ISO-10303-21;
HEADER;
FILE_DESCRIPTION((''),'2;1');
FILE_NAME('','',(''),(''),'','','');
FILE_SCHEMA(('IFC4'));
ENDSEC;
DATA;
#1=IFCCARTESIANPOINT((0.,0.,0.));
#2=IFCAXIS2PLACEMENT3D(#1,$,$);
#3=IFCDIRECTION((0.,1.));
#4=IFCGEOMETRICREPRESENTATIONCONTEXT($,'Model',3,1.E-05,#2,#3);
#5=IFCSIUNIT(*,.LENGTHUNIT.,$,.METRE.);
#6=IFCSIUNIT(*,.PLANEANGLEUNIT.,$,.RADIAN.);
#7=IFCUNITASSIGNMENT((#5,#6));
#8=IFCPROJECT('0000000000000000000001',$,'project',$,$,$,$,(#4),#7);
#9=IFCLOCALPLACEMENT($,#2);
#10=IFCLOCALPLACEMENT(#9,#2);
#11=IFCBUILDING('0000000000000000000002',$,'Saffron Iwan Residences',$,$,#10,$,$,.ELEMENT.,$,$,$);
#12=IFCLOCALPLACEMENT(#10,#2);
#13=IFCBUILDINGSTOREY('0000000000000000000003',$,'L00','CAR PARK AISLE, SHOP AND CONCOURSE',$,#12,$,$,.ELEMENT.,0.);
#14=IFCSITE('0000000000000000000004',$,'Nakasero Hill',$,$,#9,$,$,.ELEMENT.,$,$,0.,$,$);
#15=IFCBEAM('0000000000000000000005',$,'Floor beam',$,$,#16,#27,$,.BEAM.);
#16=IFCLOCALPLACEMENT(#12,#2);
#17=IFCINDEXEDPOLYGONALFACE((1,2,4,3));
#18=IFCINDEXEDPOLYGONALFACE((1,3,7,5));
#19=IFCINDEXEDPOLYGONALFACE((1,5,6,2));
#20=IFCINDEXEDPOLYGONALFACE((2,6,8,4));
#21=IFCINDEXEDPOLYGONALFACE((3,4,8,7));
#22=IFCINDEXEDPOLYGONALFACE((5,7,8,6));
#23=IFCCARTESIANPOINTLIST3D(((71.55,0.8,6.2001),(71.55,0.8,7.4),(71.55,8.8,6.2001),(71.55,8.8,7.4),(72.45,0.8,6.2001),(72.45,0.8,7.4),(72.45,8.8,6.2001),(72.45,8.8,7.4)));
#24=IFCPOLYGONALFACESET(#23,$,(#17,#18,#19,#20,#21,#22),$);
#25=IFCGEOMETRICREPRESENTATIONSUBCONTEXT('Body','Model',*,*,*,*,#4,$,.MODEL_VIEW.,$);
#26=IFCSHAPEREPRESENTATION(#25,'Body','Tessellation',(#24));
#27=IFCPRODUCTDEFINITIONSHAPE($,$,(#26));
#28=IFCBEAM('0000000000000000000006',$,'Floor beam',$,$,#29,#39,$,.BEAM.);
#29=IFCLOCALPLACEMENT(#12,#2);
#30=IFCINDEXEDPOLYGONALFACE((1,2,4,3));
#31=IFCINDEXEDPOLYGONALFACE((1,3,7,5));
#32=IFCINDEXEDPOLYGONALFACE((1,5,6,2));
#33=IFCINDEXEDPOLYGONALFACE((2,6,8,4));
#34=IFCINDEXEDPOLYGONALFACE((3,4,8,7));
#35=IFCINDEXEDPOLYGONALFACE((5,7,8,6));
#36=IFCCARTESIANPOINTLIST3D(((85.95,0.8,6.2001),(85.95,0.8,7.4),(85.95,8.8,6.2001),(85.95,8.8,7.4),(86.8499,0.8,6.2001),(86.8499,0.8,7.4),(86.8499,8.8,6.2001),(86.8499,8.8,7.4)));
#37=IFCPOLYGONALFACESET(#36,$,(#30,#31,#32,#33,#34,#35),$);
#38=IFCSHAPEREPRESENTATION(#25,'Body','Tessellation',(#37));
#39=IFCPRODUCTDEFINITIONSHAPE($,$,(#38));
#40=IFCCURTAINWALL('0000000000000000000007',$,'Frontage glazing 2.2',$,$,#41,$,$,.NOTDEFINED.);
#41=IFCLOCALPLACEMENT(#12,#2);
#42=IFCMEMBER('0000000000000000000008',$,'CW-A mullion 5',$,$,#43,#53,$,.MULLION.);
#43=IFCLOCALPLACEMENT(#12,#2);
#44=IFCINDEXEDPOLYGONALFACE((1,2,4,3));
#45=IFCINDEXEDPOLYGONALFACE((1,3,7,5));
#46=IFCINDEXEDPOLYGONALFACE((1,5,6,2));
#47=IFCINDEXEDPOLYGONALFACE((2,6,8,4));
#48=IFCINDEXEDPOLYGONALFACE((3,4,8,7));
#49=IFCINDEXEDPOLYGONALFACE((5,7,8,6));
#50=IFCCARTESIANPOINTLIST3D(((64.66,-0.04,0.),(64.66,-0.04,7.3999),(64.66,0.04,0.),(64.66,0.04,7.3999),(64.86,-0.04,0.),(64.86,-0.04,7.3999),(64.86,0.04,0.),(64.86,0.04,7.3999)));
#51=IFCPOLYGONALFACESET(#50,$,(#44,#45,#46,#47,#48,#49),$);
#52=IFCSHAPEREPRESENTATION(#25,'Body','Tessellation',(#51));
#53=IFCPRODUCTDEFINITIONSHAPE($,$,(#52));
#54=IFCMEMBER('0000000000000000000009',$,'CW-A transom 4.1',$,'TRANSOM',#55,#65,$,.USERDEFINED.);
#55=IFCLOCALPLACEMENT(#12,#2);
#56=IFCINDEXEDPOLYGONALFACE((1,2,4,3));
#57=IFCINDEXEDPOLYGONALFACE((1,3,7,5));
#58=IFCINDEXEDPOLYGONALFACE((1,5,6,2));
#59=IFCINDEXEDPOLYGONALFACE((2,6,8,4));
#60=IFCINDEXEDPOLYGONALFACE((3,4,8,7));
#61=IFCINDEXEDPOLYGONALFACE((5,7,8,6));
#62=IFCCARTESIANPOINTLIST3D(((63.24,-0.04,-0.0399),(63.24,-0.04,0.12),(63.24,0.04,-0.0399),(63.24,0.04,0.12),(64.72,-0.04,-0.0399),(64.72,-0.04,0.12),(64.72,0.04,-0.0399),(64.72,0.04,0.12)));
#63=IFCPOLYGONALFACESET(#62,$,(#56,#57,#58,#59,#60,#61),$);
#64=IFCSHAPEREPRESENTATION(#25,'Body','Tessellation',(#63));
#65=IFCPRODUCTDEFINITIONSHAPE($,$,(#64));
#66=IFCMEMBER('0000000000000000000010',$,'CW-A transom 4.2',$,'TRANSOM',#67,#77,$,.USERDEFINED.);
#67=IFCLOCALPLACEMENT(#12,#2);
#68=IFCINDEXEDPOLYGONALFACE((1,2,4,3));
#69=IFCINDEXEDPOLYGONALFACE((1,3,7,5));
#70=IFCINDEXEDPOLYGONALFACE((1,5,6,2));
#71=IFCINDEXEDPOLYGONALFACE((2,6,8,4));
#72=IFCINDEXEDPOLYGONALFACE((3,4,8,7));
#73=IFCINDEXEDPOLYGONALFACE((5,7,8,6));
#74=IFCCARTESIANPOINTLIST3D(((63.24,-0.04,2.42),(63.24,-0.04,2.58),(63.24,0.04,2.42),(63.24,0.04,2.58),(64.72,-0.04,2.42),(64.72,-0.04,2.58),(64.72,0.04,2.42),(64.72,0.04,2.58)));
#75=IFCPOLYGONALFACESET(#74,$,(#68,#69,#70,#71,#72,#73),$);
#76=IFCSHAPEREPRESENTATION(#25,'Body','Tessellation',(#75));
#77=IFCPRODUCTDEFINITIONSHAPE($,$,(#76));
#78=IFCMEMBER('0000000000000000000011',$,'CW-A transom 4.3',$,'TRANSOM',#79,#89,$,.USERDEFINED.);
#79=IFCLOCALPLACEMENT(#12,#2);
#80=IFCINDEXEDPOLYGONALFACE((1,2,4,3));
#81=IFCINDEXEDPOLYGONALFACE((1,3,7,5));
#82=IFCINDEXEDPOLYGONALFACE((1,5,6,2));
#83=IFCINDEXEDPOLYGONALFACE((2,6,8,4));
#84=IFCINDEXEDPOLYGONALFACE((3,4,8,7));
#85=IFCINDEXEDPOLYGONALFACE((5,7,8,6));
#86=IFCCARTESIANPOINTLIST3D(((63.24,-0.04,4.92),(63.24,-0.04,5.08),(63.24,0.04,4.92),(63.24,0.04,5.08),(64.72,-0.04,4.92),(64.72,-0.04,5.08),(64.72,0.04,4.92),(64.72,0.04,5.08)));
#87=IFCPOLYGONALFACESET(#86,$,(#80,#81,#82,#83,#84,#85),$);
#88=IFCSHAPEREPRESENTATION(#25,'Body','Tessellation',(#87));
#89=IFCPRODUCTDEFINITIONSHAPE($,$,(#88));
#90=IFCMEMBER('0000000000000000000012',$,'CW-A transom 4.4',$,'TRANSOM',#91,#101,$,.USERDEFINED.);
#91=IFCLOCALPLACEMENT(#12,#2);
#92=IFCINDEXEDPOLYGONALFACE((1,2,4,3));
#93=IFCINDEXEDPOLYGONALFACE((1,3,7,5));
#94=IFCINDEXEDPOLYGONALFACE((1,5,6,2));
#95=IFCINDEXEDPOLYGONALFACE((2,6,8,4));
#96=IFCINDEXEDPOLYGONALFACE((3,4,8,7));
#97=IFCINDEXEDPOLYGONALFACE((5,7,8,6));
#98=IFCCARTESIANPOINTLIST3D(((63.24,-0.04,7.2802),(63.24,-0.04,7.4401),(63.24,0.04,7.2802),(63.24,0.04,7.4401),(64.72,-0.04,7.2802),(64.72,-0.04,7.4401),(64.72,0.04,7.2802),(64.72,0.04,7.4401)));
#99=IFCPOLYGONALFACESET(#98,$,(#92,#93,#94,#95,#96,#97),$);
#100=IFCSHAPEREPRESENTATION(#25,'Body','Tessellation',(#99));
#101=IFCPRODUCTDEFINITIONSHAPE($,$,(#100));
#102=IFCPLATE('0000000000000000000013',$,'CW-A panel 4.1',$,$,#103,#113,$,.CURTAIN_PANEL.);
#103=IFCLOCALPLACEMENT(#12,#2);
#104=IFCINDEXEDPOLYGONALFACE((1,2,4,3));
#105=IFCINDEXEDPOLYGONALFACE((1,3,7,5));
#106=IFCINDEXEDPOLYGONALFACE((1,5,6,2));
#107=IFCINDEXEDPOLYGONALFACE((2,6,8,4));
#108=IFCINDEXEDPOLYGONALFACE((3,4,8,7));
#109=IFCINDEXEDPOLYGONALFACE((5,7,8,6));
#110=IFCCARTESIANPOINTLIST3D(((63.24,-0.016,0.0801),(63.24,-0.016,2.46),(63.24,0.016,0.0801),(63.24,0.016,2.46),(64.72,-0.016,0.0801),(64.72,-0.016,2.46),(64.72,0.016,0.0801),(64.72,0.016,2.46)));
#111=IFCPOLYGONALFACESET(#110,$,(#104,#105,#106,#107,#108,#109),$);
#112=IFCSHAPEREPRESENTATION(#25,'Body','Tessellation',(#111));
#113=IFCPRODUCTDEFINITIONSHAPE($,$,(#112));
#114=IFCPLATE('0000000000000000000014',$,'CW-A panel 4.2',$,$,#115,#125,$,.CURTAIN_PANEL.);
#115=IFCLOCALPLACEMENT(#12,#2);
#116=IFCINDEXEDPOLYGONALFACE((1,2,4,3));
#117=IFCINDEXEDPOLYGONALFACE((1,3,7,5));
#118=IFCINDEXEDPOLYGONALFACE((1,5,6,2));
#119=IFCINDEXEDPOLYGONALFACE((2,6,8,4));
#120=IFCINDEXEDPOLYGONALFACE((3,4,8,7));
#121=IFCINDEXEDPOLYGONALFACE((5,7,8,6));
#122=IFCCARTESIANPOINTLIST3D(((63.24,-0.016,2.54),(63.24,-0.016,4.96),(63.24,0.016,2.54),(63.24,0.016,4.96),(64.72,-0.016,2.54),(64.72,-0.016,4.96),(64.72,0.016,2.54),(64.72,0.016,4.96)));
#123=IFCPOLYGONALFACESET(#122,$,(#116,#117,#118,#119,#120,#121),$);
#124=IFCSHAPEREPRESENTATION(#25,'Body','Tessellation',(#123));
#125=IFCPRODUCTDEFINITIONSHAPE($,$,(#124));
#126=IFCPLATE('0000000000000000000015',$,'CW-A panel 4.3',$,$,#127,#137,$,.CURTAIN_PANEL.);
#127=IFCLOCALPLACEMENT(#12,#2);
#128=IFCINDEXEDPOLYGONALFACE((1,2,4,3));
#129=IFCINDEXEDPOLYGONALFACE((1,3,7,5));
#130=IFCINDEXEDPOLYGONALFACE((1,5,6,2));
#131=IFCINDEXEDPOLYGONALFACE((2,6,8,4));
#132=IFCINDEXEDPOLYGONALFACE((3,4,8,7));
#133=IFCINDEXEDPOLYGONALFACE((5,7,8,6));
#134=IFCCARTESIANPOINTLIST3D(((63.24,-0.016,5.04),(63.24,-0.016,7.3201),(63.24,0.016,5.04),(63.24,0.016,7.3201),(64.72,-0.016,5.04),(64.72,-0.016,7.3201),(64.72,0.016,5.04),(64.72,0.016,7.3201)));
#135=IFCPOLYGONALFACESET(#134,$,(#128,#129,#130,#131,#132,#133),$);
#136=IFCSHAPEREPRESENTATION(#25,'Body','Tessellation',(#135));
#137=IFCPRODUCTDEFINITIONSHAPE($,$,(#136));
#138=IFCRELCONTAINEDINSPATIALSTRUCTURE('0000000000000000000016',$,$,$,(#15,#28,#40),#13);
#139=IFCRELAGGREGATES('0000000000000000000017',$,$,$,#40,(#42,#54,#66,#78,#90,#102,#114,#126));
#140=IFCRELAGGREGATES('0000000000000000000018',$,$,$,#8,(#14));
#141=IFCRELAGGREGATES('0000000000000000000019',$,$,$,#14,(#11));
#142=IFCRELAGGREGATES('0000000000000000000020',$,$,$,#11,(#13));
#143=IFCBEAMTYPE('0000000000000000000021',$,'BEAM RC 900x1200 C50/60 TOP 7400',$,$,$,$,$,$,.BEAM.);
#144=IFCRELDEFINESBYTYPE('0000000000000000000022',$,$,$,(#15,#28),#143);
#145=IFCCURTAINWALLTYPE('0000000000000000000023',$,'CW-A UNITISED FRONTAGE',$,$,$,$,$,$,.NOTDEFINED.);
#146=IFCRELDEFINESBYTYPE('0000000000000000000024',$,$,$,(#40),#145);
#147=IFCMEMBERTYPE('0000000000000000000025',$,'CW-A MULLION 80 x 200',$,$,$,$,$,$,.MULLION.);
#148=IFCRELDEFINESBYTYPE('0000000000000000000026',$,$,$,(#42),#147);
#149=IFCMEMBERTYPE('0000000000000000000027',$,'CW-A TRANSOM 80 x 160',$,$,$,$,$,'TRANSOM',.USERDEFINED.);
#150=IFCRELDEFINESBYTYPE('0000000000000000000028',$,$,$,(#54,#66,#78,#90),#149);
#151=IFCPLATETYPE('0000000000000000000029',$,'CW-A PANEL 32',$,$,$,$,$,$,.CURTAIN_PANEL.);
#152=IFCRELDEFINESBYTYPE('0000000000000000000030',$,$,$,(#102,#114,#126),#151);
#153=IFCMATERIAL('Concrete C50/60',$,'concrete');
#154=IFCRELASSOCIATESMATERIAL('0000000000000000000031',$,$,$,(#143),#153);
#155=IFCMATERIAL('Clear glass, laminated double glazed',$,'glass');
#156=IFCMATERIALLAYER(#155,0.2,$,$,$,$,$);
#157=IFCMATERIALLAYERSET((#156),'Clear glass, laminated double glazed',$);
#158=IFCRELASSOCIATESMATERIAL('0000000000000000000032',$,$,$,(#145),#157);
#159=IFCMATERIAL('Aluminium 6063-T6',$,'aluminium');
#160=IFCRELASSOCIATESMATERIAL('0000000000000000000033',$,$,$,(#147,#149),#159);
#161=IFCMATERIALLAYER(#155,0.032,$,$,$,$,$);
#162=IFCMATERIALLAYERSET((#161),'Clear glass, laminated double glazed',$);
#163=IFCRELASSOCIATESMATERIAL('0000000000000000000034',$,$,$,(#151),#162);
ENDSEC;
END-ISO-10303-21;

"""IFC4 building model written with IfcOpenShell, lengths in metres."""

from ifc_helpers import new_model, si_unit, direction, frame, origin, origin_2d, place, context, subcontext, project, spatial, rectangle, extrude, source, transform, mapped, material, layer, layer_set, material_profile, profile_set, type_object, element, aggregate, save


model = new_model("IFC4")

# Units and contexts
model_context = context("Model", 3, precision=1e-05, world=origin(), true_north=direction((0.0, 1.0)))
body_context = subcontext(model_context, "Body", "Model", "MODEL_VIEW")
ifc_project = project(units=[si_unit("LENGTHUNIT", "METRE"), si_unit("PLANEANGLEUNIT", "RADIAN")], contexts=[model_context])

# Site, building, storey
site_placement = place(None, origin())
site = spatial("IfcSite", under=ifc_project, at=site_placement, Name="Nakasero Hill", CompositionType="ELEMENT", RefElevation=0.0)
building_placement = place(site_placement, origin())
building = spatial("IfcBuilding", under=site, at=building_placement, Name="Saffron Iwan Residences", CompositionType="ELEMENT")
storey_placement = place(building_placement, origin())
storey = spatial("IfcBuildingStorey", under=building, at=storey_placement, Name="L00", Description="CAR PARK AISLE, SHOP AND CONCOURSE", CompositionType="ELEMENT", Elevation=0.0)

# Shared definitions
ifc_material_1 = material(Name="Concrete C50/60", Category="concrete")

# Beams
ifc_material_profile_1 = material_profile(ifc_material_1, rectangle(XDim=0.8999, YDim=1.2, at=origin_2d()), Name="RC 900x1200")
ifc_profile_set_1 = profile_set([ifc_material_profile_1], Name="Concrete C50/60")
beam_type_1 = type_object("IfcBeamType", Name="BEAM RC 900x1200 C50/60 TOP 7400", PredefinedType="BEAM", material=ifc_profile_set_1)
shared_shape_1 = source(origin(), body_context, "Body", "SweptSolid", [
    extrude(rectangle(XDim=0.8999, YDim=1.2, at=origin_2d()), origin(), (0.0, 0.0, 1.0), 8.0),
])
for number, where, z_axis, x_axis, name in (
    (1, (72.0, 0.8, 6.8), (0.0, 1.0, 0.0), (-1.0, 0.0, 0.0), "Floor beam"),
    (2, (86.3999, 0.8, 6.8), (0.0, 1.0, 0.0), (-1.0, 0.0, 0.0), "Floor beam"),
):
    element("IfcBeam", number, at=place(storey_placement, frame(where, z_axis=z_axis, x_axis=x_axis)), inside=storey, type_object=beam_type_1, Name=name, PredefinedType="BEAM", context=body_context, shape_type="MappedRepresentation", body=[
        mapped(shared_shape_1, transform((0.0, 0.0, 0.0))),
    ])

# Curtain wall, members, plates
ifc_material_2 = material(Name="Clear glass, laminated double glazed", Category="glass")
ifc_layer_1 = layer(ifc_material_2, 0.2)
ifc_layer_set_1 = layer_set([ifc_layer_1], Name="Clear glass, laminated double glazed")
curtain_wall_type = type_object("IfcCurtainWallType", Name="CW-A UNITISED FRONTAGE", PredefinedType="NOTDEFINED", material=ifc_layer_set_1)
curtain_wall_placement = place(storey_placement, origin())
curtain_wall = element("IfcCurtainWall", 3, at=curtain_wall_placement, inside=storey, type_object=curtain_wall_type, Name="Frontage glazing 2.2", PredefinedType="NOTDEFINED")
ifc_material_3 = material(Name="Aluminium 6063-T6", Category="aluminium")
ifc_material_profile_2 = material_profile(ifc_material_3, rectangle(XDim=0.0801, YDim=0.2, at=origin_2d()), Name="CW-A MULLION 80 x 200")
ifc_profile_set_2 = profile_set([ifc_material_profile_2], Name="Aluminium 6063-T6")
member_type_1 = type_object("IfcMemberType", Name="CW-A MULLION 80 x 200", PredefinedType="MULLION", material=ifc_profile_set_2)
shared_shape_2 = source(origin(), body_context, "Body", "SweptSolid", [
    extrude(rectangle(XDim=0.0801, YDim=0.2, at=origin_2d()), origin(), (0.0, 0.0, 1.0), 7.3999),
])
member_1_placement = place(storey_placement, frame((64.76, 0.0, 0.0), z_axis=(0.0, 0.0, 1.0), x_axis=(0.0, 1.0, 0.0)))
member_1 = element("IfcMember", 4, at=member_1_placement, type_object=member_type_1, Name="CW-A mullion 5", PredefinedType="MULLION", context=body_context, shape_type="MappedRepresentation", body=[
    mapped(shared_shape_2, transform((0.0, 0.0, 0.0))),
])
ifc_material_profile_3 = material_profile(ifc_material_3, rectangle(XDim=0.0801, YDim=0.1599, at=origin_2d()), Name="CW-A TRANSOM 80 x 160")
ifc_profile_set_3 = profile_set([ifc_material_profile_3], Name="Aluminium 6063-T6")
member_type_2 = type_object("IfcMemberType", Name="CW-A TRANSOM 80 x 160", ElementType="TRANSOM", PredefinedType="USERDEFINED", material=ifc_profile_set_3)
shared_shape_3 = source(origin(), body_context, "Body", "SweptSolid", [
    extrude(rectangle(XDim=0.0801, YDim=0.1599, at=origin_2d()), origin(), (0.0, 0.0, 1.0), 1.48),
])
member_2_placement = place(storey_placement, frame((63.24, 0.0, 0.04), z_axis=(1.0, 0.0, 0.0), x_axis=(0.0, 1.0, 0.0)))
member_2 = element("IfcMember", 5, at=member_2_placement, type_object=member_type_2, Name="CW-A transom 4.1", ObjectType="TRANSOM", PredefinedType="USERDEFINED", context=body_context, shape_type="MappedRepresentation", body=[
    mapped(shared_shape_3, transform((0.0, 0.0, 0.0))),
])
member_3_placement = place(storey_placement, frame((63.24, 0.0, 2.5), z_axis=(1.0, 0.0, 0.0), x_axis=(0.0, 1.0, 0.0)))
member_3 = element("IfcMember", 6, at=member_3_placement, type_object=member_type_2, Name="CW-A transom 4.2", ObjectType="TRANSOM", PredefinedType="USERDEFINED", context=body_context, shape_type="MappedRepresentation", body=[
    mapped(shared_shape_3, transform((0.0, 0.0, 0.0))),
])
member_4_placement = place(storey_placement, frame((63.24, 0.0, 5.0), z_axis=(1.0, 0.0, 0.0), x_axis=(0.0, 1.0, 0.0)))
member_4 = element("IfcMember", 7, at=member_4_placement, type_object=member_type_2, Name="CW-A transom 4.3", ObjectType="TRANSOM", PredefinedType="USERDEFINED", context=body_context, shape_type="MappedRepresentation", body=[
    mapped(shared_shape_3, transform((0.0, 0.0, 0.0))),
])
member_5_placement = place(storey_placement, frame((63.24, 0.0, 7.3601), z_axis=(1.0, 0.0, 0.0), x_axis=(0.0, 1.0, 0.0)))
member_5 = element("IfcMember", 8, at=member_5_placement, type_object=member_type_2, Name="CW-A transom 4.4", ObjectType="TRANSOM", PredefinedType="USERDEFINED", context=body_context, shape_type="MappedRepresentation", body=[
    mapped(shared_shape_3, transform((0.0, 0.0, 0.0))),
])
ifc_layer_2 = layer(ifc_material_2, 0.032)
ifc_layer_set_2 = layer_set([ifc_layer_2], Name="Clear glass, laminated double glazed")
plate_type = type_object("IfcPlateType", Name="CW-A PANEL 32", PredefinedType="CURTAIN_PANEL", material=ifc_layer_set_2)
shared_shape_4 = source(origin(), body_context, "Body", "SweptSolid", [
    extrude(rectangle(XDim=1.48, YDim=0.032, at=origin_2d()), origin(), (0.0, 0.0, 1.0), 2.3799),
])
plate_1_placement = place(storey_placement, frame((63.98, 0.0, 0.0801), z_axis=(0.0, 0.0, 1.0), x_axis=(1.0, 0.0, 0.0)))
plate_1 = element("IfcPlate", 9, at=plate_1_placement, type_object=plate_type, Name="CW-A panel 4.1", PredefinedType="CURTAIN_PANEL", context=body_context, shape_type="MappedRepresentation", body=[
    mapped(shared_shape_4, transform((0.0, 0.0, 0.0))),
])
shared_shape_5 = source(origin(), body_context, "Body", "SweptSolid", [
    extrude(rectangle(XDim=1.48, YDim=0.032, at=origin_2d()), origin(), (0.0, 0.0, 1.0), 2.4199),
])
plate_2_placement = place(storey_placement, frame((63.98, 0.0, 2.54), z_axis=(0.0, 0.0, 1.0), x_axis=(1.0, 0.0, 0.0)))
plate_2 = element("IfcPlate", 10, at=plate_2_placement, type_object=plate_type, Name="CW-A panel 4.2", PredefinedType="CURTAIN_PANEL", context=body_context, shape_type="MappedRepresentation", body=[
    mapped(shared_shape_5, transform((0.0, 0.0, 0.0))),
])
shared_shape_6 = source(origin(), body_context, "Body", "SweptSolid", [
    extrude(rectangle(XDim=1.48, YDim=0.032, at=origin_2d()), origin(), (0.0, 0.0, 1.0), 2.28),
])
plate_3_placement = place(storey_placement, frame((63.98, 0.0, 5.04), z_axis=(0.0, 0.0, 1.0), x_axis=(1.0, 0.0, 0.0)))
plate_3 = element("IfcPlate", 11, at=plate_3_placement, type_object=plate_type, Name="CW-A panel 4.3", PredefinedType="CURTAIN_PANEL", context=body_context, shape_type="MappedRepresentation", body=[
    mapped(shared_shape_6, transform((0.0, 0.0, 0.0))),
])
aggregate(curtain_wall, [member_1, member_2, member_3, member_4, member_5, plate_1, plate_2, plate_3])

save(model, "model.ifc")
